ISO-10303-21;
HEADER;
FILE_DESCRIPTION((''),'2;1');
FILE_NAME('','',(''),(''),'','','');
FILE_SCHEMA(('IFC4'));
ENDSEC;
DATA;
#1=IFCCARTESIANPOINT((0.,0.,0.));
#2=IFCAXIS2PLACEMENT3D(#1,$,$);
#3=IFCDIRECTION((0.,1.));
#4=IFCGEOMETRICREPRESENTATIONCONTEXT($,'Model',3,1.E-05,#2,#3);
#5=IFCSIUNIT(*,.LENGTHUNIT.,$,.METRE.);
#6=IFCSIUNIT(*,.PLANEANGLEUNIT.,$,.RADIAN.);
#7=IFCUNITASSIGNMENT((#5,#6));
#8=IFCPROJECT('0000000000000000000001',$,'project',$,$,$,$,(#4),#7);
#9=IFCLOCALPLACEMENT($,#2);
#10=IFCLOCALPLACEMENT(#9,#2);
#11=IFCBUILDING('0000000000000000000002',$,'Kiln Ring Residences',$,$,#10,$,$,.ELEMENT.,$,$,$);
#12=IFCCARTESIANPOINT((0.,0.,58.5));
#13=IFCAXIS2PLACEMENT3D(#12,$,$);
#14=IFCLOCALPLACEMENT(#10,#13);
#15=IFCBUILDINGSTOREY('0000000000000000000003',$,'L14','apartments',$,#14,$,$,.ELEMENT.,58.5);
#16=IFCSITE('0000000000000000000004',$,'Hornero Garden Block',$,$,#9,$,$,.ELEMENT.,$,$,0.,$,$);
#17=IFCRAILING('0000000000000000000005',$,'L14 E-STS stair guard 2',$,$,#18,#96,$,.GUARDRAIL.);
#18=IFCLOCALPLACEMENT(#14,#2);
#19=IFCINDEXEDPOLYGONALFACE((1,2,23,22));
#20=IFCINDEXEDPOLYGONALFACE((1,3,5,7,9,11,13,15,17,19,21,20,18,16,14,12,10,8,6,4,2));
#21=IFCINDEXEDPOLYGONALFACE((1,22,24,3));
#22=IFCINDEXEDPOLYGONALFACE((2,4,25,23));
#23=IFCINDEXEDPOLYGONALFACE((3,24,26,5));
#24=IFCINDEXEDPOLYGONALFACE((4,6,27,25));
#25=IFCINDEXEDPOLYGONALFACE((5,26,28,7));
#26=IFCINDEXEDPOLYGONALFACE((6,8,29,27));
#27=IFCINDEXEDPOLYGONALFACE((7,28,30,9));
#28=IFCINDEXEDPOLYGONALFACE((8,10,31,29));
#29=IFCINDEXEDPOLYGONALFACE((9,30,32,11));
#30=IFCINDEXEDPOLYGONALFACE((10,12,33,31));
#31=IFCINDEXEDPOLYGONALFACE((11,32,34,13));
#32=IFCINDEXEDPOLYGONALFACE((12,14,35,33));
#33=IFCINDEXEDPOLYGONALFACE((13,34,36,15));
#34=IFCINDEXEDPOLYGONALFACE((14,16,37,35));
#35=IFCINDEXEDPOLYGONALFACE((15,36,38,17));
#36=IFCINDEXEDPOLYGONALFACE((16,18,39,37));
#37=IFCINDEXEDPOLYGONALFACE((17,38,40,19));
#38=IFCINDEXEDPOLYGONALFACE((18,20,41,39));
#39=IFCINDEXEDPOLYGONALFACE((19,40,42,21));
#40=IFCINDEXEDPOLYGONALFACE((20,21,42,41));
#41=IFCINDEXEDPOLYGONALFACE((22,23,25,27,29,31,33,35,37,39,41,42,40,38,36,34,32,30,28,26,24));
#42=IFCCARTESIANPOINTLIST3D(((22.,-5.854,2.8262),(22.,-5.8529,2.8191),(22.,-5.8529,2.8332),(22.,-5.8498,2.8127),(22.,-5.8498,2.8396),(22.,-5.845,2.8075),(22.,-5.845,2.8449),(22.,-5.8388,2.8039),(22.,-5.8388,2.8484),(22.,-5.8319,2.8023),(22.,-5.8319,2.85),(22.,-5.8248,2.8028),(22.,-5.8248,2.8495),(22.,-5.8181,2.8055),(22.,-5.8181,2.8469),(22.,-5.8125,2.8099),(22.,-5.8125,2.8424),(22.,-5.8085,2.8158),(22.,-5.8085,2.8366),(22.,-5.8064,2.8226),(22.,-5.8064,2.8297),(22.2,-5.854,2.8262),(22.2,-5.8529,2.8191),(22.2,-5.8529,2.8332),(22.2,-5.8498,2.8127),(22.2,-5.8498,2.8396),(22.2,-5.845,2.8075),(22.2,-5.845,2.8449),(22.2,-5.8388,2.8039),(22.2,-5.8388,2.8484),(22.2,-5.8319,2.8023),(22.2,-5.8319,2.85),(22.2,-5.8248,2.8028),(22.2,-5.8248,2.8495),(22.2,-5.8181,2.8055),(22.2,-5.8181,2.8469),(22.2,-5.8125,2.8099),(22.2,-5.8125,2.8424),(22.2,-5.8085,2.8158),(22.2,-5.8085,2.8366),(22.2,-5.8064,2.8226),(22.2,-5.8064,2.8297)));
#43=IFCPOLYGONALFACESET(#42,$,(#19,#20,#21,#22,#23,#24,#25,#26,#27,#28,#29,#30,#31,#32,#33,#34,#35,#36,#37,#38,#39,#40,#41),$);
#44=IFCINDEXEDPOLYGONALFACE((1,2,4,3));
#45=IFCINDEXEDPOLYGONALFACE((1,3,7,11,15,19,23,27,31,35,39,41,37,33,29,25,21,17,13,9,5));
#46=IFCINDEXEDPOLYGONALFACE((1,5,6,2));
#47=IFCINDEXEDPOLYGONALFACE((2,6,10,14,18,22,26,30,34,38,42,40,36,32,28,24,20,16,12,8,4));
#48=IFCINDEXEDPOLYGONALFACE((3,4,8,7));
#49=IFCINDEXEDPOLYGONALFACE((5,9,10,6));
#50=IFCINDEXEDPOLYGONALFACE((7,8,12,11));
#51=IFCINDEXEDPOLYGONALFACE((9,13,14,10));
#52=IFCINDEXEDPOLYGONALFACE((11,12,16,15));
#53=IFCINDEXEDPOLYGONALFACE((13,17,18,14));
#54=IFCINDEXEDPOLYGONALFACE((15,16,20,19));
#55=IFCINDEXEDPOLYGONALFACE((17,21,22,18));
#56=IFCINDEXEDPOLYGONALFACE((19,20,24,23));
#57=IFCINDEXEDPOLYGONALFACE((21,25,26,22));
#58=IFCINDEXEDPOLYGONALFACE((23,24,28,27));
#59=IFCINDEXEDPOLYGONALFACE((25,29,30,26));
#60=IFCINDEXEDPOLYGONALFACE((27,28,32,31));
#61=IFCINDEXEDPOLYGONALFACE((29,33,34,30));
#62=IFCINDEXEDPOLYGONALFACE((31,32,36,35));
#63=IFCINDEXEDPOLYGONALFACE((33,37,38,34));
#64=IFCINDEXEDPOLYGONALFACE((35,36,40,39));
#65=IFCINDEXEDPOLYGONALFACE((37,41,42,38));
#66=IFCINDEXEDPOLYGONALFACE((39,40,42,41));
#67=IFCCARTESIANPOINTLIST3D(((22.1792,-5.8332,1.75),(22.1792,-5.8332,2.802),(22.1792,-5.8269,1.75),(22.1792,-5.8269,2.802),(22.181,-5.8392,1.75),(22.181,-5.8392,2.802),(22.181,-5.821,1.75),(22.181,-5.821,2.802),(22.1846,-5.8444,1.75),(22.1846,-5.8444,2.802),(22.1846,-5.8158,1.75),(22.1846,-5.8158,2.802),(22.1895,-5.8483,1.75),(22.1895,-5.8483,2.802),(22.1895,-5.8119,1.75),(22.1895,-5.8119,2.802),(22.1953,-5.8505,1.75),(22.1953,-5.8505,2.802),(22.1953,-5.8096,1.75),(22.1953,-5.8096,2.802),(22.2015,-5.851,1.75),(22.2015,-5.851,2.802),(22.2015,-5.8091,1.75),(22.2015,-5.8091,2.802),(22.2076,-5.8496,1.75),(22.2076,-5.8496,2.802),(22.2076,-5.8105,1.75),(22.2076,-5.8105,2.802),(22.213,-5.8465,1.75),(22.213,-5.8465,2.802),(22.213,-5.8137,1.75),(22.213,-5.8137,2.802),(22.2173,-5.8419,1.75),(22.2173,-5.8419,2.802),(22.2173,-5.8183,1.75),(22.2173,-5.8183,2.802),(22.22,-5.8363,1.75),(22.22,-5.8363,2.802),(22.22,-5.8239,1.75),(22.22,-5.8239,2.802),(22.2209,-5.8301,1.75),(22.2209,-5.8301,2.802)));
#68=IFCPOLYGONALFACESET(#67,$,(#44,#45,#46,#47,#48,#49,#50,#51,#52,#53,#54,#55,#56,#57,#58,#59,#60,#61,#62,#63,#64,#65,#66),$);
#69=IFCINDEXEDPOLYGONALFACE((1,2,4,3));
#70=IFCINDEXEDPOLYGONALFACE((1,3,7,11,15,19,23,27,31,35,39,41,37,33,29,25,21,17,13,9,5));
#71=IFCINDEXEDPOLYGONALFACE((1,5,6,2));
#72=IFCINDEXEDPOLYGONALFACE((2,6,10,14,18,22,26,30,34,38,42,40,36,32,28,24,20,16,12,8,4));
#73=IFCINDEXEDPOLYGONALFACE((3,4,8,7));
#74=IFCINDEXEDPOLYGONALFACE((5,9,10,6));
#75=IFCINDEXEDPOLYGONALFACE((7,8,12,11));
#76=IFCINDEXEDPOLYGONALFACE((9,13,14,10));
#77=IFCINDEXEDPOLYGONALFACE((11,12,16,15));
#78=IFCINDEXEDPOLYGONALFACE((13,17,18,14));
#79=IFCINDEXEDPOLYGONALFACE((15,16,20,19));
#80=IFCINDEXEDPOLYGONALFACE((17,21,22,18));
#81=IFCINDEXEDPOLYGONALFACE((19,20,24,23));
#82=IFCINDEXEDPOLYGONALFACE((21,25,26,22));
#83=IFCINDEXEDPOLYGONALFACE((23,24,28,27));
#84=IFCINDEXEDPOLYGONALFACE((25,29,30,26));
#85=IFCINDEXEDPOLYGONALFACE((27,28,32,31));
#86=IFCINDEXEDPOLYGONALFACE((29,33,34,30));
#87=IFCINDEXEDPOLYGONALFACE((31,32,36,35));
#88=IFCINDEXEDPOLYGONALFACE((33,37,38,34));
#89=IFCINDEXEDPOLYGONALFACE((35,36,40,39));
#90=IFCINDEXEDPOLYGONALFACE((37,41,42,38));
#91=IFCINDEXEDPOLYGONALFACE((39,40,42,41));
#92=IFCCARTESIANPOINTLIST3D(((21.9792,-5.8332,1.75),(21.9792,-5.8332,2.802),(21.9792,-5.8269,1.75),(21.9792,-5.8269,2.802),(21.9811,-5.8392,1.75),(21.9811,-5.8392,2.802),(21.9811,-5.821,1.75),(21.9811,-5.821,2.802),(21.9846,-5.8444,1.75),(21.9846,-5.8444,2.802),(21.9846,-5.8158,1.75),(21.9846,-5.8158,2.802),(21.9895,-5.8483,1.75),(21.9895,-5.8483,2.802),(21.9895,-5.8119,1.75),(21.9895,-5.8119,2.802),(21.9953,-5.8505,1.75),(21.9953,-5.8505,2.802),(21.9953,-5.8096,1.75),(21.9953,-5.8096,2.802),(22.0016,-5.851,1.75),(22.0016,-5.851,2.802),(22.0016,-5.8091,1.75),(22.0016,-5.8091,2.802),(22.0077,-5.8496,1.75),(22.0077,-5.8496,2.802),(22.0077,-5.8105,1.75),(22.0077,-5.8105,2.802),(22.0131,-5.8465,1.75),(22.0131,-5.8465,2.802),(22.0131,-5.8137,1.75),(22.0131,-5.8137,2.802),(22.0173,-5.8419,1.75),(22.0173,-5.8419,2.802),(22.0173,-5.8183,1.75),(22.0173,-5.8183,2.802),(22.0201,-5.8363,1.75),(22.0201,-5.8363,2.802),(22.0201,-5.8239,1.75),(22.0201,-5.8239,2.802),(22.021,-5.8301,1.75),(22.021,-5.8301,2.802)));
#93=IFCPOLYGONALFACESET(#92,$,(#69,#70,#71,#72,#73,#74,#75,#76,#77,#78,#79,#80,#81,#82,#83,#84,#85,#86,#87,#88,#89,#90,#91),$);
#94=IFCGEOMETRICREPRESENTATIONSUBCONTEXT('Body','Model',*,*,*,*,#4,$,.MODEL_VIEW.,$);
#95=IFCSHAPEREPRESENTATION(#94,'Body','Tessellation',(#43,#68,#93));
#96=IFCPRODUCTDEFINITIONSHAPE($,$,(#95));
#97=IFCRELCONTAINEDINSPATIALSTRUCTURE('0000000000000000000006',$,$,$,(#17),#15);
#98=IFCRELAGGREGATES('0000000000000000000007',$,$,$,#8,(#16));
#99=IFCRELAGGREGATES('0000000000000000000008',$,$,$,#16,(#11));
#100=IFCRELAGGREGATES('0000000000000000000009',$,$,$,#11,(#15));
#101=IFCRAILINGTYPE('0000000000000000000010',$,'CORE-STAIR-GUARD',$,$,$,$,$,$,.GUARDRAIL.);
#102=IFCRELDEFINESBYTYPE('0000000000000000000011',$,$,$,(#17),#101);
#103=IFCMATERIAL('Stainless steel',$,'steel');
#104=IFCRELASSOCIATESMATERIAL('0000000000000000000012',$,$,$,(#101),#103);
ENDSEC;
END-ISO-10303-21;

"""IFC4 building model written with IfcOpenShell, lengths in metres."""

from ifc_helpers import new_model, si_unit, direction, frame, origin, origin_2d, place, context, subcontext, project, spatial, circle, extrude, material, type_object, element, save


model = new_model("IFC4")

# Units and contexts
model_context = context("Model", 3, precision=1e-05, world=origin(), true_north=direction((0.0, 1.0)))
body_context = subcontext(model_context, "Body", "Model", "MODEL_VIEW")
ifc_project = project(units=[si_unit("LENGTHUNIT", "METRE"), si_unit("PLANEANGLEUNIT", "RADIAN")], contexts=[model_context])

# Site, building, storey
site_placement = place(None, origin())
site = spatial("IfcSite", under=ifc_project, at=site_placement, Name="Hornero Garden Block", CompositionType="ELEMENT", RefElevation=0.0)
building_placement = place(site_placement, origin())
building = spatial("IfcBuilding", under=site, at=building_placement, Name="Kiln Ring Residences", CompositionType="ELEMENT")
storey_placement = place(building_placement, frame((0.0, 0.0, 58.5)))
storey = spatial("IfcBuildingStorey", under=building, at=storey_placement, Name="L14", Description="apartments", CompositionType="ELEMENT", Elevation=58.5)

# Railing
ifc_material_1 = material(Name="Stainless steel", Category="steel")
railing_type_1 = type_object("IfcRailingType", Name="CORE-STAIR-GUARD", PredefinedType="GUARDRAIL", material=ifc_material_1)
railing_1_placement = place(storey_placement, frame((22.2, -5.8301, 1.75)))
element("IfcRailing", 1, at=railing_1_placement, inside=storey, type_object=railing_type_1, Name="L14 E-STS stair guard 2", PredefinedType="GUARDRAIL", context=body_context, shape_type="SweptSolid", body=[
    extrude(circle(Radius=0.0239, at=origin_2d()), frame((0.0, 0.0, 1.0762), z_axis=(-1.0, 0.0, 0.0), x_axis=(0.0, -1.0, 0.0)), (0.0, 0.0, 1.0), 0.2),
    extrude(circle(Radius=0.021, at=origin_2d()), origin(), (0.0, 0.0, 1.0), 1.052),
    extrude(circle(Radius=0.021, at=origin_2d()), frame((-0.2, 0.0, 0.0)), (0.0, 0.0, 1.0), 1.052),
])

save(model, "model.ifc")
